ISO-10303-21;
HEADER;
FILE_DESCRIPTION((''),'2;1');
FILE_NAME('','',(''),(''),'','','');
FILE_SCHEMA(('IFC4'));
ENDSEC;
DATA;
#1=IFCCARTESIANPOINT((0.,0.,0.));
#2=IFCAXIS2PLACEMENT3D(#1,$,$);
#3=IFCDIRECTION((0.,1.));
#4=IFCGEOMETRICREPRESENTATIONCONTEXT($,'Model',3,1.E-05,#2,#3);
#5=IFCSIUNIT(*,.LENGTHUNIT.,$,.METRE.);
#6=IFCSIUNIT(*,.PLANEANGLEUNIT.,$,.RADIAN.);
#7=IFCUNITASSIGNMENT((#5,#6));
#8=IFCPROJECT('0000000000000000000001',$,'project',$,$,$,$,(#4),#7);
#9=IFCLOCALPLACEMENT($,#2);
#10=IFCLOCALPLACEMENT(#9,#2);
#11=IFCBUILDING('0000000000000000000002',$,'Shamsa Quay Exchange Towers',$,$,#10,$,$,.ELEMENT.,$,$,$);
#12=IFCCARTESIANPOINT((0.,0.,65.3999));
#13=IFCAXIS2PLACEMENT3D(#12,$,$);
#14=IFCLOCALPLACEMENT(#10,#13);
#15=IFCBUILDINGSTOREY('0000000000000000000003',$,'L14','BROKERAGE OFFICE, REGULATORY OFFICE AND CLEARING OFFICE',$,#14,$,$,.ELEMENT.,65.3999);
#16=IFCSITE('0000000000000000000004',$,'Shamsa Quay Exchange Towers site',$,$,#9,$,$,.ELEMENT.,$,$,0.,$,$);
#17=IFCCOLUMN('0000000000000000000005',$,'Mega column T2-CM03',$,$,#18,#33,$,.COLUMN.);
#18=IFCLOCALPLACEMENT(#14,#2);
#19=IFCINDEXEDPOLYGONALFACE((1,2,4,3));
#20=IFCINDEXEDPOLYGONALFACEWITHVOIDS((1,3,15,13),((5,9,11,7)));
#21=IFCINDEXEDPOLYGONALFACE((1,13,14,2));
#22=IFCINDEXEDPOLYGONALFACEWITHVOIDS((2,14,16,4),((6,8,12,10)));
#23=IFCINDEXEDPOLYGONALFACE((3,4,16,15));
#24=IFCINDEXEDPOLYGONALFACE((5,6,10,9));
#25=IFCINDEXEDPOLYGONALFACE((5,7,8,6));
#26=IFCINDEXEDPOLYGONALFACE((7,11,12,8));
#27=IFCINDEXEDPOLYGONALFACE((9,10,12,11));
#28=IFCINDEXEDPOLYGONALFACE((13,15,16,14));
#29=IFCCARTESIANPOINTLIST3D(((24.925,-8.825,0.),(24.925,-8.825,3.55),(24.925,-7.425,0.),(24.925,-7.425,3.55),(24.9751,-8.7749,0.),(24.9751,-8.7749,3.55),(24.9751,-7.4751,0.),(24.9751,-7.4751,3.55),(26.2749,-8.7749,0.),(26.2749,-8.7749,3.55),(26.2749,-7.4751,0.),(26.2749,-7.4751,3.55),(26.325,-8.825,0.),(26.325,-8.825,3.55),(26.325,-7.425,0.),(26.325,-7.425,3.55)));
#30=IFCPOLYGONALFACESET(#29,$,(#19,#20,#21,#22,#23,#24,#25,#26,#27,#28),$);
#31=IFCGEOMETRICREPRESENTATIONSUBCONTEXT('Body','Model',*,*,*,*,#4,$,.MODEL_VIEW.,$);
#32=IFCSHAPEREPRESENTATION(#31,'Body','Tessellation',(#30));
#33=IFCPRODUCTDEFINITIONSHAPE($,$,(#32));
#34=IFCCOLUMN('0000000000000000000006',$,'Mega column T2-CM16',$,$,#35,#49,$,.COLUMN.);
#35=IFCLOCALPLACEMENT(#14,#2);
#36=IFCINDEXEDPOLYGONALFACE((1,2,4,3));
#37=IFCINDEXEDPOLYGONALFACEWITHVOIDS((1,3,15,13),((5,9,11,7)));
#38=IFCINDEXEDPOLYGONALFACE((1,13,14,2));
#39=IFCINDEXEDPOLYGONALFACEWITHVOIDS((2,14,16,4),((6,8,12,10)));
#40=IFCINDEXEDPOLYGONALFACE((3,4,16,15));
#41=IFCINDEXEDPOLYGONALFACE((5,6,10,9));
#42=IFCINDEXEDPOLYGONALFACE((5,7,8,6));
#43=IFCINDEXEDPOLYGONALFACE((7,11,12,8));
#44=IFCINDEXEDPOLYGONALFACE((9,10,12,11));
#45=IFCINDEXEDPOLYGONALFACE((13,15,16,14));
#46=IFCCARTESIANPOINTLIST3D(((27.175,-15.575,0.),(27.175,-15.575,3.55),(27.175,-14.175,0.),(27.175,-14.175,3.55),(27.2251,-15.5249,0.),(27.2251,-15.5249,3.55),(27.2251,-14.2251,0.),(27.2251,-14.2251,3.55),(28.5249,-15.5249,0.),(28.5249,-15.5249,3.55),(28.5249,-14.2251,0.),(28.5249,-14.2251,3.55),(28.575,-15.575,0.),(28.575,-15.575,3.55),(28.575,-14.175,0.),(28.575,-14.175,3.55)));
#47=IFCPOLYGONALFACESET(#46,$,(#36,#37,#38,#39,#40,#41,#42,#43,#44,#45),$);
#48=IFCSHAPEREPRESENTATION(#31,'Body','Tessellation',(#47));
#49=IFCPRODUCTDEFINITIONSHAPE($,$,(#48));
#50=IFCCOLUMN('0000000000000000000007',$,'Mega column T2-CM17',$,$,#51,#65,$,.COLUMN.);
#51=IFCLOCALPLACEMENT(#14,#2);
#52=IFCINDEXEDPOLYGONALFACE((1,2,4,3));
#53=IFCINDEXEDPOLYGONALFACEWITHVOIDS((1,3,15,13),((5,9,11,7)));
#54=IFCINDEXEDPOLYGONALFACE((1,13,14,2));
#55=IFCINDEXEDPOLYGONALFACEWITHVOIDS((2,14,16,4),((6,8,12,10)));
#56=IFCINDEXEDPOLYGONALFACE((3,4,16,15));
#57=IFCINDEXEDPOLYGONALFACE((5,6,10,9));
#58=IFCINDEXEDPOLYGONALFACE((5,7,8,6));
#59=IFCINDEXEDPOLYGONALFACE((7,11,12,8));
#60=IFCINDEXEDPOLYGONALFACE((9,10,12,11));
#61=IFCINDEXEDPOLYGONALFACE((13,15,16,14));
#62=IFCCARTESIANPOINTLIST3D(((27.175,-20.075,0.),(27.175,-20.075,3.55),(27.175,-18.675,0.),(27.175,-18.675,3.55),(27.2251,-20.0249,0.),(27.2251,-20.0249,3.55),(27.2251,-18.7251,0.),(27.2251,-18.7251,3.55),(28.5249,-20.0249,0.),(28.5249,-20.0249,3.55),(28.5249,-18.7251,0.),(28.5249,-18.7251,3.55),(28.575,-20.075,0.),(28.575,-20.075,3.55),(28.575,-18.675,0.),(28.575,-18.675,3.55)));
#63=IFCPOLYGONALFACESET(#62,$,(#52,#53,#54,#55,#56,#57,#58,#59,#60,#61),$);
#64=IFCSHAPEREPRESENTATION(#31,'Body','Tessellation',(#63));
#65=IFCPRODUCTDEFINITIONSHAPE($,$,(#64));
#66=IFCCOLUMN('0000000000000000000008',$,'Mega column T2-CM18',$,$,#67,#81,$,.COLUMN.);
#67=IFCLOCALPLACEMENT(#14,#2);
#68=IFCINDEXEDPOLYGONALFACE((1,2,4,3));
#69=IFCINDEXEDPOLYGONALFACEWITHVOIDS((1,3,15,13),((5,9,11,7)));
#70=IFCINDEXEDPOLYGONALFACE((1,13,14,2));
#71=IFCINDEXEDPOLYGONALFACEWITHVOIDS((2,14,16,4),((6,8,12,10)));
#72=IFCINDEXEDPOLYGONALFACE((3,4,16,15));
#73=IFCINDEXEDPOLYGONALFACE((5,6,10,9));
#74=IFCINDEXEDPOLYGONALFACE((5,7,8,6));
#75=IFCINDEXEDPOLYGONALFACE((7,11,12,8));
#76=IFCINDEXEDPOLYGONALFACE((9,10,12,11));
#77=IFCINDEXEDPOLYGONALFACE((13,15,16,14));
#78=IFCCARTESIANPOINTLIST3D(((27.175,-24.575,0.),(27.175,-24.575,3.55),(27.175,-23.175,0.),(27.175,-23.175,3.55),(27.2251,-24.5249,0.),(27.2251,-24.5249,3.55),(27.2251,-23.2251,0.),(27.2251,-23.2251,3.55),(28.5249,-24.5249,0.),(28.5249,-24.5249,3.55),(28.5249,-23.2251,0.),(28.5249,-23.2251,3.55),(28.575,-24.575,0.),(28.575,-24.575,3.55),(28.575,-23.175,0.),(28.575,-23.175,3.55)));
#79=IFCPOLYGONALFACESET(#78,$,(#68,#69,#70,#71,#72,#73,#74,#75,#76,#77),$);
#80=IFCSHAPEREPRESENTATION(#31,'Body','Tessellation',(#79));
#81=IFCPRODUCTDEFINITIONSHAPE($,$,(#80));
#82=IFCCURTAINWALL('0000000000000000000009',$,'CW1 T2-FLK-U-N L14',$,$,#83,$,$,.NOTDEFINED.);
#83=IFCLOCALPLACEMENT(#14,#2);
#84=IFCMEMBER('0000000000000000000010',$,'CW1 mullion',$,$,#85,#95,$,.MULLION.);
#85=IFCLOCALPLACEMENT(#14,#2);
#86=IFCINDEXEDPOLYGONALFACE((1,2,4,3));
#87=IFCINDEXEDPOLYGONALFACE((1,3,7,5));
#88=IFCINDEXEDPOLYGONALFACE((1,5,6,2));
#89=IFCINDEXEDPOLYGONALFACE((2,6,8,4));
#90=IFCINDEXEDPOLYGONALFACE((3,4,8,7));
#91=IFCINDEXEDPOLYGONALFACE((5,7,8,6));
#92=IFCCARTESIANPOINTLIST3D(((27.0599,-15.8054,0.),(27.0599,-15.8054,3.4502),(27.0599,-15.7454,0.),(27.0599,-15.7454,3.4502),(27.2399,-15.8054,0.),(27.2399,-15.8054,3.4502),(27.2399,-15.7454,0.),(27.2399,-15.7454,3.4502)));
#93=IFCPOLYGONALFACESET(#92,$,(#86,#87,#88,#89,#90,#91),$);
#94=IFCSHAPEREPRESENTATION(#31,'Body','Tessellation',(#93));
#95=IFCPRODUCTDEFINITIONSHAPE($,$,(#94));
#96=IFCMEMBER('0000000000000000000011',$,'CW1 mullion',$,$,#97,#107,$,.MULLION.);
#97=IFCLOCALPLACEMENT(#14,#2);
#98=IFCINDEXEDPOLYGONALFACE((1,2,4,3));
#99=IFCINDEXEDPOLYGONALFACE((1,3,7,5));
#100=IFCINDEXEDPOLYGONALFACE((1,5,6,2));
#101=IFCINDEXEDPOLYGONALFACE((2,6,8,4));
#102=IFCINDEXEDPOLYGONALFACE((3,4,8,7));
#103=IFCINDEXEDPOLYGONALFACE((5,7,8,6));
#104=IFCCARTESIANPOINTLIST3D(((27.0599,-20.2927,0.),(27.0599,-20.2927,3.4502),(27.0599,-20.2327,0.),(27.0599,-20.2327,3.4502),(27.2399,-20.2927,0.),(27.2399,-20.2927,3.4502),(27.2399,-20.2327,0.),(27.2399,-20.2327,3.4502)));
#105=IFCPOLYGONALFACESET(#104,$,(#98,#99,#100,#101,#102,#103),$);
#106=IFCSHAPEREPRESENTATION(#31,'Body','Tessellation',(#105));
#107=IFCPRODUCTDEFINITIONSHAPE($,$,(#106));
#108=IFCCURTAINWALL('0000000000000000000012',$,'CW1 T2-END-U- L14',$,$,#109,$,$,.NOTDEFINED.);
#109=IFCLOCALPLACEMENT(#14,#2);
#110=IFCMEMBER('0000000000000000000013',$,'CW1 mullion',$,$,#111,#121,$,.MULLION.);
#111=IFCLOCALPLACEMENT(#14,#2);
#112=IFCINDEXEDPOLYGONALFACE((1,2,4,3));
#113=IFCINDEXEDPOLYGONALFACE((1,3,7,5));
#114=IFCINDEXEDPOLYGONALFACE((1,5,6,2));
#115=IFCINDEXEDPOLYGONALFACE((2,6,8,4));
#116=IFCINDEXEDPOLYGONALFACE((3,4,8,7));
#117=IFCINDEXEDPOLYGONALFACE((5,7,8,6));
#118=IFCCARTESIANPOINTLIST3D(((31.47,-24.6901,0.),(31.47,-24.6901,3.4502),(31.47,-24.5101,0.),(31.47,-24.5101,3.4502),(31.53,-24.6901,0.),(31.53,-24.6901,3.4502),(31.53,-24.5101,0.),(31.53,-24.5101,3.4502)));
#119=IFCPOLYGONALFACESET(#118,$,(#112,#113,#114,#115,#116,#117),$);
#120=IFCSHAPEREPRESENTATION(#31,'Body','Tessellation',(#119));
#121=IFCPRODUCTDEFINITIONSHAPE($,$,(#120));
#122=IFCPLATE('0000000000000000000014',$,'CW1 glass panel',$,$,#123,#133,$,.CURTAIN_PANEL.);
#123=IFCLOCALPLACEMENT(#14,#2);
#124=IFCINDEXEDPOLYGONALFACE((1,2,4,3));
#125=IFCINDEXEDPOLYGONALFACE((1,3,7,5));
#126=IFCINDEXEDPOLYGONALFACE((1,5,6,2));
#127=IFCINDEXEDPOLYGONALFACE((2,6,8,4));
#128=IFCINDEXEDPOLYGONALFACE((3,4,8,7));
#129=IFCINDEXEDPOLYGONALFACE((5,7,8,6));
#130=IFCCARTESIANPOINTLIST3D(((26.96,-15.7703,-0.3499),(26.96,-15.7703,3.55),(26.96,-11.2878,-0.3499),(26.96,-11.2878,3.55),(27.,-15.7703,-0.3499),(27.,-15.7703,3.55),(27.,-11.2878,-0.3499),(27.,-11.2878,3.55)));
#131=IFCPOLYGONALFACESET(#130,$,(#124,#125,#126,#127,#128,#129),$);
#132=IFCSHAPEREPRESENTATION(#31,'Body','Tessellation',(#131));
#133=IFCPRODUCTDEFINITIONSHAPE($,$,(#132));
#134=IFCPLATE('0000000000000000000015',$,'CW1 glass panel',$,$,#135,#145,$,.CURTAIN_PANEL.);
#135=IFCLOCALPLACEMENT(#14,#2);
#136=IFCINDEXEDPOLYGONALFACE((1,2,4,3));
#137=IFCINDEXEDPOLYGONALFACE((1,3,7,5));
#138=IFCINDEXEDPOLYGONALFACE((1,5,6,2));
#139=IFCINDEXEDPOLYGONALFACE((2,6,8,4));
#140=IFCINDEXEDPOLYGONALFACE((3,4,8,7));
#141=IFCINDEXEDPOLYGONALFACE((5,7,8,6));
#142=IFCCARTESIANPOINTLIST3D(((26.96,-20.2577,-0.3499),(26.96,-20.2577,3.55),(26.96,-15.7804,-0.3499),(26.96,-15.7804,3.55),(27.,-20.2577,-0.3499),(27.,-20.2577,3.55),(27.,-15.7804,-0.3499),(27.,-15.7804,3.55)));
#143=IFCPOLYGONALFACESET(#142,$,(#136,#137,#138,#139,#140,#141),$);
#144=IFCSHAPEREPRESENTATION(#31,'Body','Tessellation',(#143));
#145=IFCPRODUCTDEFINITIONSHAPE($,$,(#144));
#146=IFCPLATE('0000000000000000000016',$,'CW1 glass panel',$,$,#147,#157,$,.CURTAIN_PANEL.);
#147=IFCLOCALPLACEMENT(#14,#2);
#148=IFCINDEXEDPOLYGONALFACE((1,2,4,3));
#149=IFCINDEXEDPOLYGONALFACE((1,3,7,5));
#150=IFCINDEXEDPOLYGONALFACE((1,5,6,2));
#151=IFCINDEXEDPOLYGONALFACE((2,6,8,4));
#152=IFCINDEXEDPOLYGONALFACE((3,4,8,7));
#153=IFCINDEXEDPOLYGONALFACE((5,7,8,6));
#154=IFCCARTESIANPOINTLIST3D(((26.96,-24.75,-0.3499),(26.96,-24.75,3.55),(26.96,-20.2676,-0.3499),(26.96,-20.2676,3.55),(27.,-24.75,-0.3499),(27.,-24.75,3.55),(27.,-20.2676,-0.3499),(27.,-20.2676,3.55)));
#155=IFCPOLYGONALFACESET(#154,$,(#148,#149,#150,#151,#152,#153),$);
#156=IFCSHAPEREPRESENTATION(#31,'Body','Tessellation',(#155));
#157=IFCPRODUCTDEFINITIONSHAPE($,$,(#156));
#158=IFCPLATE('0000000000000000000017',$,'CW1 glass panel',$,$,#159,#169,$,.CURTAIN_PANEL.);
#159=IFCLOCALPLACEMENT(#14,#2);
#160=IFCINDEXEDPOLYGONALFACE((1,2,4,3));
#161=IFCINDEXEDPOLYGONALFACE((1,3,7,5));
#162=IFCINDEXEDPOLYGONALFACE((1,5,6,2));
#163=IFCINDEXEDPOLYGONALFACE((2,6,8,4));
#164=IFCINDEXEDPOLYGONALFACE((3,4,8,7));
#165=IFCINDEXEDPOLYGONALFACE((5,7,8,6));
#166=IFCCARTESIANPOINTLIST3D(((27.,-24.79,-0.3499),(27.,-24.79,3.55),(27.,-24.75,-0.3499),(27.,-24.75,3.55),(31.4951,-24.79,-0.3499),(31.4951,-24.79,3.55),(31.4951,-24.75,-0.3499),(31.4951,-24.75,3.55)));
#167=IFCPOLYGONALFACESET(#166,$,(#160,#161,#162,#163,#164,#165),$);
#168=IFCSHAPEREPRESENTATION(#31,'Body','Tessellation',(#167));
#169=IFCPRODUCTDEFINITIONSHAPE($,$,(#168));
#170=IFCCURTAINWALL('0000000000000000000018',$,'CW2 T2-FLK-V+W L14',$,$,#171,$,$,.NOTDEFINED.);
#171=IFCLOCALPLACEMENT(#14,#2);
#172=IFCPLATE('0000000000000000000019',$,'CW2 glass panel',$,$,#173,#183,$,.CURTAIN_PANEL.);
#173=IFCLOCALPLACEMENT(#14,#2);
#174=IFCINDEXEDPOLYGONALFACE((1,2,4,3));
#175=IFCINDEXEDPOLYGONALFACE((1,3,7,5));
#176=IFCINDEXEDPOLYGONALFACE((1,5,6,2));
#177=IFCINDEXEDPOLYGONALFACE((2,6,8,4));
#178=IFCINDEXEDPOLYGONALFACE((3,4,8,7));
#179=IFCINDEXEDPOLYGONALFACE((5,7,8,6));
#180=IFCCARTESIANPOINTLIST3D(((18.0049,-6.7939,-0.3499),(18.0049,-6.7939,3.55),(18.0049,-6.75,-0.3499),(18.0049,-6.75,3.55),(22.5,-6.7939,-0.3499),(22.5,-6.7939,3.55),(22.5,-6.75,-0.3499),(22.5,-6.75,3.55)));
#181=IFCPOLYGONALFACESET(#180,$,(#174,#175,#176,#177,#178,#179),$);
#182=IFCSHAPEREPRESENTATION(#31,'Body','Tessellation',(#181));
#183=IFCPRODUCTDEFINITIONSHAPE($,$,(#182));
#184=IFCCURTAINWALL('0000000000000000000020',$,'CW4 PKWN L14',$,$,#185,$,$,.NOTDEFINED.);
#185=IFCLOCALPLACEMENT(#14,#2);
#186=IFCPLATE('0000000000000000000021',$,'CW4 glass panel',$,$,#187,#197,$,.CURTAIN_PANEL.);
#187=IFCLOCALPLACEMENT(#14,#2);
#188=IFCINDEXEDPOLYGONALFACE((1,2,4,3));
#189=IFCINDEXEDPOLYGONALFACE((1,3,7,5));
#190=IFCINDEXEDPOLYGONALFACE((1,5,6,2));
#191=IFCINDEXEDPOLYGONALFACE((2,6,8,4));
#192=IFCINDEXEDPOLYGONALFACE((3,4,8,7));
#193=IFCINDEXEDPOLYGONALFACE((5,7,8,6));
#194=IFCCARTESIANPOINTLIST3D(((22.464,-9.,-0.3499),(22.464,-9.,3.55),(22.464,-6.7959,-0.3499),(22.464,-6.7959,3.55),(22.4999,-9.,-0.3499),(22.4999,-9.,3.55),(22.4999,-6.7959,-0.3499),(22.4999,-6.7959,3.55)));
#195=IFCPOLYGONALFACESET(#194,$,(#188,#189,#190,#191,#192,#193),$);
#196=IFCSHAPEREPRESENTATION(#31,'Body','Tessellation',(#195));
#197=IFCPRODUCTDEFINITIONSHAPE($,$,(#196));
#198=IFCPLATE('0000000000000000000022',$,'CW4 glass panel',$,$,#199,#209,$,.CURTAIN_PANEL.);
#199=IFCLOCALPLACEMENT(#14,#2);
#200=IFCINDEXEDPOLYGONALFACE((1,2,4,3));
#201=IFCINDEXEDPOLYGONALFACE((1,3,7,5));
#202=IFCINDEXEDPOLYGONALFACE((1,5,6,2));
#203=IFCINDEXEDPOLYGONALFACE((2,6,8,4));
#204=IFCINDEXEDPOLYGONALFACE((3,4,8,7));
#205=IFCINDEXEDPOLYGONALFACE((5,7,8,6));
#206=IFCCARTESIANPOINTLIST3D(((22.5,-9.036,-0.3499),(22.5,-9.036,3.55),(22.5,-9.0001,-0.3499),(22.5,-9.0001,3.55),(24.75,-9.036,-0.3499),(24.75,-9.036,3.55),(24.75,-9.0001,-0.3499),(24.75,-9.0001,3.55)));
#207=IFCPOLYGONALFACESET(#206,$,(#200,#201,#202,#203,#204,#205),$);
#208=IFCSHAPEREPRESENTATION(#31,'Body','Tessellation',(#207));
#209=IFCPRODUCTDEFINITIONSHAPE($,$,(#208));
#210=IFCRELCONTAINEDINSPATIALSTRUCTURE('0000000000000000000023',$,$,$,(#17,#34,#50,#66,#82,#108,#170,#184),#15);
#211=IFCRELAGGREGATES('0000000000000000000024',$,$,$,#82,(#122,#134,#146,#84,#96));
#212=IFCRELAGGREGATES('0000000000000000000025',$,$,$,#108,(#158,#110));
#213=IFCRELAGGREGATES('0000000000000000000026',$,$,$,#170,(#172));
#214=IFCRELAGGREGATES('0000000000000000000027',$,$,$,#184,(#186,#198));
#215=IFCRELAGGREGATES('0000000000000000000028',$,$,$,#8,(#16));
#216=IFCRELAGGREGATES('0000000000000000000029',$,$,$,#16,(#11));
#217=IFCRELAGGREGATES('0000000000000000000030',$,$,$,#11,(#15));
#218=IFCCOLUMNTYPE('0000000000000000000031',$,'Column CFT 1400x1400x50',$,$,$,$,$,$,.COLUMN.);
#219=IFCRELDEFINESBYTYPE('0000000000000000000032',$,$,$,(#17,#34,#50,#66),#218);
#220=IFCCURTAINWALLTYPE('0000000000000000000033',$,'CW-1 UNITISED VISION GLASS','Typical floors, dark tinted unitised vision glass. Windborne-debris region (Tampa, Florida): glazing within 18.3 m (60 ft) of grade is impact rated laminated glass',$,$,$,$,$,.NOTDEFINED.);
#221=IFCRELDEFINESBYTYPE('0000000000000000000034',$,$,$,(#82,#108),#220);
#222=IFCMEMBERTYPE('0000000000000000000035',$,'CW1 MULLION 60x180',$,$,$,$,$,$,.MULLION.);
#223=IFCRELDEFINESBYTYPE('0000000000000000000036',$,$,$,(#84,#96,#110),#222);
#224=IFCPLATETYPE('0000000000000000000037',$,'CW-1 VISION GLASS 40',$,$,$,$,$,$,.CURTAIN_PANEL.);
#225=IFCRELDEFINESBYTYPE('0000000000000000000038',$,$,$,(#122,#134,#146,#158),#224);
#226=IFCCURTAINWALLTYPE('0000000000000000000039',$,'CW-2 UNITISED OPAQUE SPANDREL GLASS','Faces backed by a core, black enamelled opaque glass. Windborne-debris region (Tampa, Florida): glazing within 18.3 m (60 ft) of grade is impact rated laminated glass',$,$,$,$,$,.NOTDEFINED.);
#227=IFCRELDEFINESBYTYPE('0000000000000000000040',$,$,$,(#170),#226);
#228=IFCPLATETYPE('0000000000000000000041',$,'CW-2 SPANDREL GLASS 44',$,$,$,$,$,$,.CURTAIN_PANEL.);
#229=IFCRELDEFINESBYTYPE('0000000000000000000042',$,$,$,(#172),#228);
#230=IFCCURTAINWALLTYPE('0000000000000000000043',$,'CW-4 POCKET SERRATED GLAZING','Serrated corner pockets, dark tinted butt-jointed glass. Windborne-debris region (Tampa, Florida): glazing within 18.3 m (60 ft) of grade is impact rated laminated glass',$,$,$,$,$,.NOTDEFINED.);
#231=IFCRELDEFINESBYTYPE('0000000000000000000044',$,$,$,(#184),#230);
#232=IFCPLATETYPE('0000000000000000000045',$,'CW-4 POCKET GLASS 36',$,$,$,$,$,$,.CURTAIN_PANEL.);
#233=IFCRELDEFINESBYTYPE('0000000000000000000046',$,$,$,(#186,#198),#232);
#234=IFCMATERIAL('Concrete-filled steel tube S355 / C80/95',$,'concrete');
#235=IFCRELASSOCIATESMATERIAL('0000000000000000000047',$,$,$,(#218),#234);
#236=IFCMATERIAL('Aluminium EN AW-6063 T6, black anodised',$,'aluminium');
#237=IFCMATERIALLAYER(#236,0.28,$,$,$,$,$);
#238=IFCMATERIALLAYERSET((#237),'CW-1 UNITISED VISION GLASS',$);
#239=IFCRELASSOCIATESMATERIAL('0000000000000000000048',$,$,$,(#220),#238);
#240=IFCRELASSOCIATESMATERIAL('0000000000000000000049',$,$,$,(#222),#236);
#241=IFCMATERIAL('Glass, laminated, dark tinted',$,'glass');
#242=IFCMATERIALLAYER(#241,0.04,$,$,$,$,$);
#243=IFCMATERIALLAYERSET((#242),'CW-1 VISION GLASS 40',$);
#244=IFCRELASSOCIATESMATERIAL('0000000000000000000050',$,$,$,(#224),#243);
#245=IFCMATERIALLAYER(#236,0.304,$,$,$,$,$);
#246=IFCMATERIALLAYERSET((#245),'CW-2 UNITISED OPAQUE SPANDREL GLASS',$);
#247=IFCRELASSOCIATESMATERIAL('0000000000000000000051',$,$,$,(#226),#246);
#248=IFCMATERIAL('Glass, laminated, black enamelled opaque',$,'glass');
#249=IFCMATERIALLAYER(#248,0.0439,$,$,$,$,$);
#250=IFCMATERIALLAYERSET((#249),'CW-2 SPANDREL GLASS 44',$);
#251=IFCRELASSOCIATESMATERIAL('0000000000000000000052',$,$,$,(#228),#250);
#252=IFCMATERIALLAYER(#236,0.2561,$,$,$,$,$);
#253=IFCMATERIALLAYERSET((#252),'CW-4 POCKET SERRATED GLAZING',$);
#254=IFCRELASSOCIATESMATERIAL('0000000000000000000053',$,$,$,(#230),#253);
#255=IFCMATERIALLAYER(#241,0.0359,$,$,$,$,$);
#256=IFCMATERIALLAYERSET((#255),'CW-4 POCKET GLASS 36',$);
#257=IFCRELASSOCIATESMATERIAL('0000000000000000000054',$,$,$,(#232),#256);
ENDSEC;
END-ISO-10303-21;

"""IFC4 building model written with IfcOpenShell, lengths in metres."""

from ifc_helpers import new_model, si_unit, direction, frame, origin, origin_2d, place, context, subcontext, project, spatial, rectangle, hollow_rectangle, extrude, material, layer, layer_set, material_profile, profile_set, type_object, element, aggregate, save


model = new_model("IFC4")

# Units and contexts
model_context = context("Model", 3, precision=1e-05, world=origin(), true_north=direction((0.0, 1.0)))
body_context = subcontext(model_context, "Body", "Model", "MODEL_VIEW")
ifc_project = project(units=[si_unit("LENGTHUNIT", "METRE"), si_unit("PLANEANGLEUNIT", "RADIAN")], contexts=[model_context])

# Site, building, storey
site_placement = place(None, origin())
site = spatial("IfcSite", under=ifc_project, at=site_placement, Name="Shamsa Quay Exchange Towers site", CompositionType="ELEMENT", RefElevation=0.0)
building_placement = place(site_placement, origin())
building = spatial("IfcBuilding", under=site, at=building_placement, Name="Shamsa Quay Exchange Towers", CompositionType="ELEMENT")
storey_placement = place(building_placement, frame((0.0, 0.0, 65.3999)))
storey = spatial("IfcBuildingStorey", under=building, at=storey_placement, Name="L14", Description="BROKERAGE OFFICE, REGULATORY OFFICE AND CLEARING OFFICE", CompositionType="ELEMENT", Elevation=65.3999)

# Columns
ifc_material_1 = material(Name="Concrete-filled steel tube S355 / C80/95", Category="concrete")
ifc_material_profile_1 = material_profile(ifc_material_1, hollow_rectangle(XDim=1.3999, YDim=1.3999, WallThickness=0.05, at=origin_2d()), Name="CFT 1400x1400x50")
ifc_profile_set_1 = profile_set([ifc_material_profile_1], Name="Concrete-filled steel tube S355 / C80/95")
column_type = type_object("IfcColumnType", Name="Column CFT 1400x1400x50", PredefinedType="COLUMN", material=ifc_profile_set_1)
for number, where, name in (
    (1, (25.625, -8.125, 0.0), "Mega column T2-CM03"),
    (2, (27.875, -14.875, 0.0), "Mega column T2-CM16"),
    (3, (27.875, -19.375, 0.0), "Mega column T2-CM17"),
    (4, (27.875, -23.875, 0.0), "Mega column T2-CM18"),
):
    element("IfcColumn", number, at=place(storey_placement, frame(where)), inside=storey, type_object=column_type, Name=name, PredefinedType="COLUMN", context=body_context, shape_type="SweptSolid", body=[
        extrude(hollow_rectangle(XDim=1.3999, YDim=1.3999, WallThickness=0.05, at=origin_2d()), origin(), (0.0, 0.0, 1.0), 3.55),
    ])

# Curtain wall, members
ifc_material_2 = material(Name="Aluminium EN AW-6063 T6, black anodised", Category="aluminium")
ifc_layer_1 = layer(ifc_material_2, 0.28)
ifc_layer_set_1 = layer_set([ifc_layer_1], Name="CW-1 UNITISED VISION GLASS")
curtain_wall_type_1 = type_object("IfcCurtainWallType", Name="CW-1 UNITISED VISION GLASS", Description="Typical floors, dark tinted unitised vision glass. Windborne-debris region (Tampa, Florida): glazing within 18.3 m (60 ft) of grade is impact rated laminated glass", PredefinedType="NOTDEFINED", material=ifc_layer_set_1)
curtain_wall_1_placement = place(storey_placement, origin())
curtain_wall_1 = element("IfcCurtainWall", 5, at=curtain_wall_1_placement, inside=storey, type_object=curtain_wall_type_1, Name="CW1 T2-FLK-U-N L14", PredefinedType="NOTDEFINED")
ifc_material_profile_2 = material_profile(ifc_material_2, rectangle(XDim=0.1799, YDim=0.0601, at=origin_2d()), Name="MU60x180")
ifc_profile_set_2 = profile_set([ifc_material_profile_2], Name="Aluminium EN AW-6063 T6, black anodised")
member_type = type_object("IfcMemberType", Name="CW1 MULLION 60x180", PredefinedType="MULLION", material=ifc_profile_set_2)
member_1_placement = place(storey_placement, frame((27.1499, -15.7754, 0.0)))
member_1 = element("IfcMember", 6, at=member_1_placement, type_object=member_type, Name="CW1 mullion", PredefinedType="MULLION", context=body_context, shape_type="SweptSolid", body=[
    extrude(rectangle(XDim=0.1799, YDim=0.0601, at=origin_2d()), origin(), (0.0, 0.0, 1.0), 3.4502),
])
member_2_placement = place(storey_placement, frame((27.1499, -20.2627, 0.0)))
member_2 = element("IfcMember", 7, at=member_2_placement, type_object=member_type, Name="CW1 mullion", PredefinedType="MULLION", context=body_context, shape_type="SweptSolid", body=[
    extrude(rectangle(XDim=0.1799, YDim=0.0601, at=origin_2d()), origin(), (0.0, 0.0, 1.0), 3.4502),
])

# Curtain wall, member
curtain_wall_2_placement = place(storey_placement, origin())
curtain_wall_2 = element("IfcCurtainWall", 8, at=curtain_wall_2_placement, inside=storey, type_object=curtain_wall_type_1, Name="CW1 T2-END-U- L14", PredefinedType="NOTDEFINED")
member_3_placement = place(storey_placement, frame((31.5, -24.6001, 0.0), z_axis=(0.0, 0.0, 1.0), x_axis=(0.0, 1.0, 0.0)))
member_3 = element("IfcMember", 9, at=member_3_placement, type_object=member_type, Name="CW1 mullion", PredefinedType="MULLION", context=body_context, shape_type="SweptSolid", body=[
    extrude(rectangle(XDim=0.1799, YDim=0.0601, at=origin_2d()), origin(), (0.0, 0.0, 1.0), 3.4502),
])

# Plates
ifc_material_3 = material(Name="Glass, laminated, dark tinted", Category="glass")
ifc_layer_2 = layer(ifc_material_3, 0.04)
ifc_layer_set_2 = layer_set([ifc_layer_2], Name="CW-1 VISION GLASS 40")
plate_type_1 = type_object("IfcPlateType", Name="CW-1 VISION GLASS 40", PredefinedType="CURTAIN_PANEL", material=ifc_layer_set_2)
plate_1_placement = place(storey_placement, frame((26.98, -13.5291, -0.3499), z_axis=(0.0, 0.0, 1.0), x_axis=(0.0, -1.0, 0.0)))
plate_1 = element("IfcPlate", 10, at=plate_1_placement, type_object=plate_type_1, Name="CW1 glass panel", PredefinedType="CURTAIN_PANEL", context=body_context, shape_type="SweptSolid", body=[
    extrude(rectangle(XDim=4.4824, YDim=0.04, at=origin_2d()), origin(), (0.0, 0.0, 1.0), 3.8999),
])
plate_2_placement = place(storey_placement, frame((26.98, -18.019, -0.3499), z_axis=(0.0, 0.0, 1.0), x_axis=(0.0, -1.0, 0.0)))
plate_2 = element("IfcPlate", 11, at=plate_2_placement, type_object=plate_type_1, Name="CW1 glass panel", PredefinedType="CURTAIN_PANEL", context=body_context, shape_type="SweptSolid", body=[
    extrude(rectangle(XDim=4.4773, YDim=0.04, at=origin_2d()), origin(), (0.0, 0.0, 1.0), 3.8999),
])
plate_3_placement = place(storey_placement, frame((26.98, -22.5088, -0.3499), z_axis=(0.0, 0.0, 1.0), x_axis=(0.0, -1.0, 0.0)))
plate_3 = element("IfcPlate", 12, at=plate_3_placement, type_object=plate_type_1, Name="CW1 glass panel", PredefinedType="CURTAIN_PANEL", context=body_context, shape_type="SweptSolid", body=[
    extrude(rectangle(XDim=4.4824, YDim=0.04, at=origin_2d()), origin(), (0.0, 0.0, 1.0), 3.8999),
])
aggregate(curtain_wall_1, [plate_1, plate_2, plate_3, member_1, member_2])
plate_4_placement = place(storey_placement, frame((29.2476, -24.77, -0.3499)))
plate_4 = element("IfcPlate", 13, at=plate_4_placement, type_object=plate_type_1, Name="CW1 glass panel", PredefinedType="CURTAIN_PANEL", context=body_context, shape_type="SweptSolid", body=[
    extrude(rectangle(XDim=4.4951, YDim=0.04, at=origin_2d()), origin(), (0.0, 0.0, 1.0), 3.8999),
])
aggregate(curtain_wall_2, [plate_4, member_3])

# Curtain wall, plate
ifc_layer_3 = layer(ifc_material_2, 0.304)
ifc_layer_set_3 = layer_set([ifc_layer_3], Name="CW-2 UNITISED OPAQUE SPANDREL GLASS")
curtain_wall_type_2 = type_object("IfcCurtainWallType", Name="CW-2 UNITISED OPAQUE SPANDREL GLASS", Description="Faces backed by a core, black enamelled opaque glass. Windborne-debris region (Tampa, Florida): glazing within 18.3 m (60 ft) of grade is impact rated laminated glass", PredefinedType="NOTDEFINED", material=ifc_layer_set_3)
curtain_wall_3_placement = place(storey_placement, origin())
curtain_wall_3 = element("IfcCurtainWall", 14, at=curtain_wall_3_placement, inside=storey, type_object=curtain_wall_type_2, Name="CW2 T2-FLK-V+W L14", PredefinedType="NOTDEFINED")
ifc_material_4 = material(Name="Glass, laminated, black enamelled opaque", Category="glass")
ifc_layer_4 = layer(ifc_material_4, 0.0439)
ifc_layer_set_4 = layer_set([ifc_layer_4], Name="CW-2 SPANDREL GLASS 44")
plate_type_2 = type_object("IfcPlateType", Name="CW-2 SPANDREL GLASS 44", PredefinedType="CURTAIN_PANEL", material=ifc_layer_set_4)
plate_5_placement = place(storey_placement, frame((20.2524, -6.772, -0.3499)))
plate_5 = element("IfcPlate", 15, at=plate_5_placement, type_object=plate_type_2, Name="CW2 glass panel", PredefinedType="CURTAIN_PANEL", context=body_context, shape_type="SweptSolid", body=[
    extrude(rectangle(XDim=4.4951, YDim=0.0439, at=origin_2d()), origin(), (0.0, 0.0, 1.0), 3.8999),
])
aggregate(curtain_wall_3, [plate_5])

# Curtain wall, plates
ifc_layer_5 = layer(ifc_material_2, 0.2561)
ifc_layer_set_5 = layer_set([ifc_layer_5], Name="CW-4 POCKET SERRATED GLAZING")
curtain_wall_type_3 = type_object("IfcCurtainWallType", Name="CW-4 POCKET SERRATED GLAZING", Description="Serrated corner pockets, dark tinted butt-jointed glass. Windborne-debris region (Tampa, Florida): glazing within 18.3 m (60 ft) of grade is impact rated laminated glass", PredefinedType="NOTDEFINED", material=ifc_layer_set_5)
curtain_wall_4_placement = place(storey_placement, origin())
curtain_wall_4 = element("IfcCurtainWall", 16, at=curtain_wall_4_placement, inside=storey, type_object=curtain_wall_type_3, Name="CW4 PKWN L14", PredefinedType="NOTDEFINED")
ifc_layer_6 = layer(ifc_material_3, 0.0359)
ifc_layer_set_6 = layer_set([ifc_layer_6], Name="CW-4 POCKET GLASS 36")
plate_type_3 = type_object("IfcPlateType", Name="CW-4 POCKET GLASS 36", PredefinedType="CURTAIN_PANEL", material=ifc_layer_set_6)
plate_6_placement = place(storey_placement, frame((22.4819, -7.8979, -0.3499), z_axis=(0.0, 0.0, 1.0), x_axis=(0.0, -1.0, 0.0)))
plate_6 = element("IfcPlate", 17, at=plate_6_placement, type_object=plate_type_3, Name="CW4 glass panel", PredefinedType="CURTAIN_PANEL", context=body_context, shape_type="SweptSolid", body=[
    extrude(rectangle(XDim=2.2041, YDim=0.0359, at=origin_2d()), origin(), (0.0, 0.0, 1.0), 3.8999),
])
plate_7_placement = place(storey_placement, frame((23.625, -9.0181, -0.3499)))
plate_7 = element("IfcPlate", 18, at=plate_7_placement, type_object=plate_type_3, Name="CW4 glass panel", PredefinedType="CURTAIN_PANEL", context=body_context, shape_type="SweptSolid", body=[
    extrude(rectangle(XDim=2.25, YDim=0.0359, at=origin_2d()), origin(), (0.0, 0.0, 1.0), 3.8999),
])
aggregate(curtain_wall_4, [plate_6, plate_7])

save(model, "model.ifc")
